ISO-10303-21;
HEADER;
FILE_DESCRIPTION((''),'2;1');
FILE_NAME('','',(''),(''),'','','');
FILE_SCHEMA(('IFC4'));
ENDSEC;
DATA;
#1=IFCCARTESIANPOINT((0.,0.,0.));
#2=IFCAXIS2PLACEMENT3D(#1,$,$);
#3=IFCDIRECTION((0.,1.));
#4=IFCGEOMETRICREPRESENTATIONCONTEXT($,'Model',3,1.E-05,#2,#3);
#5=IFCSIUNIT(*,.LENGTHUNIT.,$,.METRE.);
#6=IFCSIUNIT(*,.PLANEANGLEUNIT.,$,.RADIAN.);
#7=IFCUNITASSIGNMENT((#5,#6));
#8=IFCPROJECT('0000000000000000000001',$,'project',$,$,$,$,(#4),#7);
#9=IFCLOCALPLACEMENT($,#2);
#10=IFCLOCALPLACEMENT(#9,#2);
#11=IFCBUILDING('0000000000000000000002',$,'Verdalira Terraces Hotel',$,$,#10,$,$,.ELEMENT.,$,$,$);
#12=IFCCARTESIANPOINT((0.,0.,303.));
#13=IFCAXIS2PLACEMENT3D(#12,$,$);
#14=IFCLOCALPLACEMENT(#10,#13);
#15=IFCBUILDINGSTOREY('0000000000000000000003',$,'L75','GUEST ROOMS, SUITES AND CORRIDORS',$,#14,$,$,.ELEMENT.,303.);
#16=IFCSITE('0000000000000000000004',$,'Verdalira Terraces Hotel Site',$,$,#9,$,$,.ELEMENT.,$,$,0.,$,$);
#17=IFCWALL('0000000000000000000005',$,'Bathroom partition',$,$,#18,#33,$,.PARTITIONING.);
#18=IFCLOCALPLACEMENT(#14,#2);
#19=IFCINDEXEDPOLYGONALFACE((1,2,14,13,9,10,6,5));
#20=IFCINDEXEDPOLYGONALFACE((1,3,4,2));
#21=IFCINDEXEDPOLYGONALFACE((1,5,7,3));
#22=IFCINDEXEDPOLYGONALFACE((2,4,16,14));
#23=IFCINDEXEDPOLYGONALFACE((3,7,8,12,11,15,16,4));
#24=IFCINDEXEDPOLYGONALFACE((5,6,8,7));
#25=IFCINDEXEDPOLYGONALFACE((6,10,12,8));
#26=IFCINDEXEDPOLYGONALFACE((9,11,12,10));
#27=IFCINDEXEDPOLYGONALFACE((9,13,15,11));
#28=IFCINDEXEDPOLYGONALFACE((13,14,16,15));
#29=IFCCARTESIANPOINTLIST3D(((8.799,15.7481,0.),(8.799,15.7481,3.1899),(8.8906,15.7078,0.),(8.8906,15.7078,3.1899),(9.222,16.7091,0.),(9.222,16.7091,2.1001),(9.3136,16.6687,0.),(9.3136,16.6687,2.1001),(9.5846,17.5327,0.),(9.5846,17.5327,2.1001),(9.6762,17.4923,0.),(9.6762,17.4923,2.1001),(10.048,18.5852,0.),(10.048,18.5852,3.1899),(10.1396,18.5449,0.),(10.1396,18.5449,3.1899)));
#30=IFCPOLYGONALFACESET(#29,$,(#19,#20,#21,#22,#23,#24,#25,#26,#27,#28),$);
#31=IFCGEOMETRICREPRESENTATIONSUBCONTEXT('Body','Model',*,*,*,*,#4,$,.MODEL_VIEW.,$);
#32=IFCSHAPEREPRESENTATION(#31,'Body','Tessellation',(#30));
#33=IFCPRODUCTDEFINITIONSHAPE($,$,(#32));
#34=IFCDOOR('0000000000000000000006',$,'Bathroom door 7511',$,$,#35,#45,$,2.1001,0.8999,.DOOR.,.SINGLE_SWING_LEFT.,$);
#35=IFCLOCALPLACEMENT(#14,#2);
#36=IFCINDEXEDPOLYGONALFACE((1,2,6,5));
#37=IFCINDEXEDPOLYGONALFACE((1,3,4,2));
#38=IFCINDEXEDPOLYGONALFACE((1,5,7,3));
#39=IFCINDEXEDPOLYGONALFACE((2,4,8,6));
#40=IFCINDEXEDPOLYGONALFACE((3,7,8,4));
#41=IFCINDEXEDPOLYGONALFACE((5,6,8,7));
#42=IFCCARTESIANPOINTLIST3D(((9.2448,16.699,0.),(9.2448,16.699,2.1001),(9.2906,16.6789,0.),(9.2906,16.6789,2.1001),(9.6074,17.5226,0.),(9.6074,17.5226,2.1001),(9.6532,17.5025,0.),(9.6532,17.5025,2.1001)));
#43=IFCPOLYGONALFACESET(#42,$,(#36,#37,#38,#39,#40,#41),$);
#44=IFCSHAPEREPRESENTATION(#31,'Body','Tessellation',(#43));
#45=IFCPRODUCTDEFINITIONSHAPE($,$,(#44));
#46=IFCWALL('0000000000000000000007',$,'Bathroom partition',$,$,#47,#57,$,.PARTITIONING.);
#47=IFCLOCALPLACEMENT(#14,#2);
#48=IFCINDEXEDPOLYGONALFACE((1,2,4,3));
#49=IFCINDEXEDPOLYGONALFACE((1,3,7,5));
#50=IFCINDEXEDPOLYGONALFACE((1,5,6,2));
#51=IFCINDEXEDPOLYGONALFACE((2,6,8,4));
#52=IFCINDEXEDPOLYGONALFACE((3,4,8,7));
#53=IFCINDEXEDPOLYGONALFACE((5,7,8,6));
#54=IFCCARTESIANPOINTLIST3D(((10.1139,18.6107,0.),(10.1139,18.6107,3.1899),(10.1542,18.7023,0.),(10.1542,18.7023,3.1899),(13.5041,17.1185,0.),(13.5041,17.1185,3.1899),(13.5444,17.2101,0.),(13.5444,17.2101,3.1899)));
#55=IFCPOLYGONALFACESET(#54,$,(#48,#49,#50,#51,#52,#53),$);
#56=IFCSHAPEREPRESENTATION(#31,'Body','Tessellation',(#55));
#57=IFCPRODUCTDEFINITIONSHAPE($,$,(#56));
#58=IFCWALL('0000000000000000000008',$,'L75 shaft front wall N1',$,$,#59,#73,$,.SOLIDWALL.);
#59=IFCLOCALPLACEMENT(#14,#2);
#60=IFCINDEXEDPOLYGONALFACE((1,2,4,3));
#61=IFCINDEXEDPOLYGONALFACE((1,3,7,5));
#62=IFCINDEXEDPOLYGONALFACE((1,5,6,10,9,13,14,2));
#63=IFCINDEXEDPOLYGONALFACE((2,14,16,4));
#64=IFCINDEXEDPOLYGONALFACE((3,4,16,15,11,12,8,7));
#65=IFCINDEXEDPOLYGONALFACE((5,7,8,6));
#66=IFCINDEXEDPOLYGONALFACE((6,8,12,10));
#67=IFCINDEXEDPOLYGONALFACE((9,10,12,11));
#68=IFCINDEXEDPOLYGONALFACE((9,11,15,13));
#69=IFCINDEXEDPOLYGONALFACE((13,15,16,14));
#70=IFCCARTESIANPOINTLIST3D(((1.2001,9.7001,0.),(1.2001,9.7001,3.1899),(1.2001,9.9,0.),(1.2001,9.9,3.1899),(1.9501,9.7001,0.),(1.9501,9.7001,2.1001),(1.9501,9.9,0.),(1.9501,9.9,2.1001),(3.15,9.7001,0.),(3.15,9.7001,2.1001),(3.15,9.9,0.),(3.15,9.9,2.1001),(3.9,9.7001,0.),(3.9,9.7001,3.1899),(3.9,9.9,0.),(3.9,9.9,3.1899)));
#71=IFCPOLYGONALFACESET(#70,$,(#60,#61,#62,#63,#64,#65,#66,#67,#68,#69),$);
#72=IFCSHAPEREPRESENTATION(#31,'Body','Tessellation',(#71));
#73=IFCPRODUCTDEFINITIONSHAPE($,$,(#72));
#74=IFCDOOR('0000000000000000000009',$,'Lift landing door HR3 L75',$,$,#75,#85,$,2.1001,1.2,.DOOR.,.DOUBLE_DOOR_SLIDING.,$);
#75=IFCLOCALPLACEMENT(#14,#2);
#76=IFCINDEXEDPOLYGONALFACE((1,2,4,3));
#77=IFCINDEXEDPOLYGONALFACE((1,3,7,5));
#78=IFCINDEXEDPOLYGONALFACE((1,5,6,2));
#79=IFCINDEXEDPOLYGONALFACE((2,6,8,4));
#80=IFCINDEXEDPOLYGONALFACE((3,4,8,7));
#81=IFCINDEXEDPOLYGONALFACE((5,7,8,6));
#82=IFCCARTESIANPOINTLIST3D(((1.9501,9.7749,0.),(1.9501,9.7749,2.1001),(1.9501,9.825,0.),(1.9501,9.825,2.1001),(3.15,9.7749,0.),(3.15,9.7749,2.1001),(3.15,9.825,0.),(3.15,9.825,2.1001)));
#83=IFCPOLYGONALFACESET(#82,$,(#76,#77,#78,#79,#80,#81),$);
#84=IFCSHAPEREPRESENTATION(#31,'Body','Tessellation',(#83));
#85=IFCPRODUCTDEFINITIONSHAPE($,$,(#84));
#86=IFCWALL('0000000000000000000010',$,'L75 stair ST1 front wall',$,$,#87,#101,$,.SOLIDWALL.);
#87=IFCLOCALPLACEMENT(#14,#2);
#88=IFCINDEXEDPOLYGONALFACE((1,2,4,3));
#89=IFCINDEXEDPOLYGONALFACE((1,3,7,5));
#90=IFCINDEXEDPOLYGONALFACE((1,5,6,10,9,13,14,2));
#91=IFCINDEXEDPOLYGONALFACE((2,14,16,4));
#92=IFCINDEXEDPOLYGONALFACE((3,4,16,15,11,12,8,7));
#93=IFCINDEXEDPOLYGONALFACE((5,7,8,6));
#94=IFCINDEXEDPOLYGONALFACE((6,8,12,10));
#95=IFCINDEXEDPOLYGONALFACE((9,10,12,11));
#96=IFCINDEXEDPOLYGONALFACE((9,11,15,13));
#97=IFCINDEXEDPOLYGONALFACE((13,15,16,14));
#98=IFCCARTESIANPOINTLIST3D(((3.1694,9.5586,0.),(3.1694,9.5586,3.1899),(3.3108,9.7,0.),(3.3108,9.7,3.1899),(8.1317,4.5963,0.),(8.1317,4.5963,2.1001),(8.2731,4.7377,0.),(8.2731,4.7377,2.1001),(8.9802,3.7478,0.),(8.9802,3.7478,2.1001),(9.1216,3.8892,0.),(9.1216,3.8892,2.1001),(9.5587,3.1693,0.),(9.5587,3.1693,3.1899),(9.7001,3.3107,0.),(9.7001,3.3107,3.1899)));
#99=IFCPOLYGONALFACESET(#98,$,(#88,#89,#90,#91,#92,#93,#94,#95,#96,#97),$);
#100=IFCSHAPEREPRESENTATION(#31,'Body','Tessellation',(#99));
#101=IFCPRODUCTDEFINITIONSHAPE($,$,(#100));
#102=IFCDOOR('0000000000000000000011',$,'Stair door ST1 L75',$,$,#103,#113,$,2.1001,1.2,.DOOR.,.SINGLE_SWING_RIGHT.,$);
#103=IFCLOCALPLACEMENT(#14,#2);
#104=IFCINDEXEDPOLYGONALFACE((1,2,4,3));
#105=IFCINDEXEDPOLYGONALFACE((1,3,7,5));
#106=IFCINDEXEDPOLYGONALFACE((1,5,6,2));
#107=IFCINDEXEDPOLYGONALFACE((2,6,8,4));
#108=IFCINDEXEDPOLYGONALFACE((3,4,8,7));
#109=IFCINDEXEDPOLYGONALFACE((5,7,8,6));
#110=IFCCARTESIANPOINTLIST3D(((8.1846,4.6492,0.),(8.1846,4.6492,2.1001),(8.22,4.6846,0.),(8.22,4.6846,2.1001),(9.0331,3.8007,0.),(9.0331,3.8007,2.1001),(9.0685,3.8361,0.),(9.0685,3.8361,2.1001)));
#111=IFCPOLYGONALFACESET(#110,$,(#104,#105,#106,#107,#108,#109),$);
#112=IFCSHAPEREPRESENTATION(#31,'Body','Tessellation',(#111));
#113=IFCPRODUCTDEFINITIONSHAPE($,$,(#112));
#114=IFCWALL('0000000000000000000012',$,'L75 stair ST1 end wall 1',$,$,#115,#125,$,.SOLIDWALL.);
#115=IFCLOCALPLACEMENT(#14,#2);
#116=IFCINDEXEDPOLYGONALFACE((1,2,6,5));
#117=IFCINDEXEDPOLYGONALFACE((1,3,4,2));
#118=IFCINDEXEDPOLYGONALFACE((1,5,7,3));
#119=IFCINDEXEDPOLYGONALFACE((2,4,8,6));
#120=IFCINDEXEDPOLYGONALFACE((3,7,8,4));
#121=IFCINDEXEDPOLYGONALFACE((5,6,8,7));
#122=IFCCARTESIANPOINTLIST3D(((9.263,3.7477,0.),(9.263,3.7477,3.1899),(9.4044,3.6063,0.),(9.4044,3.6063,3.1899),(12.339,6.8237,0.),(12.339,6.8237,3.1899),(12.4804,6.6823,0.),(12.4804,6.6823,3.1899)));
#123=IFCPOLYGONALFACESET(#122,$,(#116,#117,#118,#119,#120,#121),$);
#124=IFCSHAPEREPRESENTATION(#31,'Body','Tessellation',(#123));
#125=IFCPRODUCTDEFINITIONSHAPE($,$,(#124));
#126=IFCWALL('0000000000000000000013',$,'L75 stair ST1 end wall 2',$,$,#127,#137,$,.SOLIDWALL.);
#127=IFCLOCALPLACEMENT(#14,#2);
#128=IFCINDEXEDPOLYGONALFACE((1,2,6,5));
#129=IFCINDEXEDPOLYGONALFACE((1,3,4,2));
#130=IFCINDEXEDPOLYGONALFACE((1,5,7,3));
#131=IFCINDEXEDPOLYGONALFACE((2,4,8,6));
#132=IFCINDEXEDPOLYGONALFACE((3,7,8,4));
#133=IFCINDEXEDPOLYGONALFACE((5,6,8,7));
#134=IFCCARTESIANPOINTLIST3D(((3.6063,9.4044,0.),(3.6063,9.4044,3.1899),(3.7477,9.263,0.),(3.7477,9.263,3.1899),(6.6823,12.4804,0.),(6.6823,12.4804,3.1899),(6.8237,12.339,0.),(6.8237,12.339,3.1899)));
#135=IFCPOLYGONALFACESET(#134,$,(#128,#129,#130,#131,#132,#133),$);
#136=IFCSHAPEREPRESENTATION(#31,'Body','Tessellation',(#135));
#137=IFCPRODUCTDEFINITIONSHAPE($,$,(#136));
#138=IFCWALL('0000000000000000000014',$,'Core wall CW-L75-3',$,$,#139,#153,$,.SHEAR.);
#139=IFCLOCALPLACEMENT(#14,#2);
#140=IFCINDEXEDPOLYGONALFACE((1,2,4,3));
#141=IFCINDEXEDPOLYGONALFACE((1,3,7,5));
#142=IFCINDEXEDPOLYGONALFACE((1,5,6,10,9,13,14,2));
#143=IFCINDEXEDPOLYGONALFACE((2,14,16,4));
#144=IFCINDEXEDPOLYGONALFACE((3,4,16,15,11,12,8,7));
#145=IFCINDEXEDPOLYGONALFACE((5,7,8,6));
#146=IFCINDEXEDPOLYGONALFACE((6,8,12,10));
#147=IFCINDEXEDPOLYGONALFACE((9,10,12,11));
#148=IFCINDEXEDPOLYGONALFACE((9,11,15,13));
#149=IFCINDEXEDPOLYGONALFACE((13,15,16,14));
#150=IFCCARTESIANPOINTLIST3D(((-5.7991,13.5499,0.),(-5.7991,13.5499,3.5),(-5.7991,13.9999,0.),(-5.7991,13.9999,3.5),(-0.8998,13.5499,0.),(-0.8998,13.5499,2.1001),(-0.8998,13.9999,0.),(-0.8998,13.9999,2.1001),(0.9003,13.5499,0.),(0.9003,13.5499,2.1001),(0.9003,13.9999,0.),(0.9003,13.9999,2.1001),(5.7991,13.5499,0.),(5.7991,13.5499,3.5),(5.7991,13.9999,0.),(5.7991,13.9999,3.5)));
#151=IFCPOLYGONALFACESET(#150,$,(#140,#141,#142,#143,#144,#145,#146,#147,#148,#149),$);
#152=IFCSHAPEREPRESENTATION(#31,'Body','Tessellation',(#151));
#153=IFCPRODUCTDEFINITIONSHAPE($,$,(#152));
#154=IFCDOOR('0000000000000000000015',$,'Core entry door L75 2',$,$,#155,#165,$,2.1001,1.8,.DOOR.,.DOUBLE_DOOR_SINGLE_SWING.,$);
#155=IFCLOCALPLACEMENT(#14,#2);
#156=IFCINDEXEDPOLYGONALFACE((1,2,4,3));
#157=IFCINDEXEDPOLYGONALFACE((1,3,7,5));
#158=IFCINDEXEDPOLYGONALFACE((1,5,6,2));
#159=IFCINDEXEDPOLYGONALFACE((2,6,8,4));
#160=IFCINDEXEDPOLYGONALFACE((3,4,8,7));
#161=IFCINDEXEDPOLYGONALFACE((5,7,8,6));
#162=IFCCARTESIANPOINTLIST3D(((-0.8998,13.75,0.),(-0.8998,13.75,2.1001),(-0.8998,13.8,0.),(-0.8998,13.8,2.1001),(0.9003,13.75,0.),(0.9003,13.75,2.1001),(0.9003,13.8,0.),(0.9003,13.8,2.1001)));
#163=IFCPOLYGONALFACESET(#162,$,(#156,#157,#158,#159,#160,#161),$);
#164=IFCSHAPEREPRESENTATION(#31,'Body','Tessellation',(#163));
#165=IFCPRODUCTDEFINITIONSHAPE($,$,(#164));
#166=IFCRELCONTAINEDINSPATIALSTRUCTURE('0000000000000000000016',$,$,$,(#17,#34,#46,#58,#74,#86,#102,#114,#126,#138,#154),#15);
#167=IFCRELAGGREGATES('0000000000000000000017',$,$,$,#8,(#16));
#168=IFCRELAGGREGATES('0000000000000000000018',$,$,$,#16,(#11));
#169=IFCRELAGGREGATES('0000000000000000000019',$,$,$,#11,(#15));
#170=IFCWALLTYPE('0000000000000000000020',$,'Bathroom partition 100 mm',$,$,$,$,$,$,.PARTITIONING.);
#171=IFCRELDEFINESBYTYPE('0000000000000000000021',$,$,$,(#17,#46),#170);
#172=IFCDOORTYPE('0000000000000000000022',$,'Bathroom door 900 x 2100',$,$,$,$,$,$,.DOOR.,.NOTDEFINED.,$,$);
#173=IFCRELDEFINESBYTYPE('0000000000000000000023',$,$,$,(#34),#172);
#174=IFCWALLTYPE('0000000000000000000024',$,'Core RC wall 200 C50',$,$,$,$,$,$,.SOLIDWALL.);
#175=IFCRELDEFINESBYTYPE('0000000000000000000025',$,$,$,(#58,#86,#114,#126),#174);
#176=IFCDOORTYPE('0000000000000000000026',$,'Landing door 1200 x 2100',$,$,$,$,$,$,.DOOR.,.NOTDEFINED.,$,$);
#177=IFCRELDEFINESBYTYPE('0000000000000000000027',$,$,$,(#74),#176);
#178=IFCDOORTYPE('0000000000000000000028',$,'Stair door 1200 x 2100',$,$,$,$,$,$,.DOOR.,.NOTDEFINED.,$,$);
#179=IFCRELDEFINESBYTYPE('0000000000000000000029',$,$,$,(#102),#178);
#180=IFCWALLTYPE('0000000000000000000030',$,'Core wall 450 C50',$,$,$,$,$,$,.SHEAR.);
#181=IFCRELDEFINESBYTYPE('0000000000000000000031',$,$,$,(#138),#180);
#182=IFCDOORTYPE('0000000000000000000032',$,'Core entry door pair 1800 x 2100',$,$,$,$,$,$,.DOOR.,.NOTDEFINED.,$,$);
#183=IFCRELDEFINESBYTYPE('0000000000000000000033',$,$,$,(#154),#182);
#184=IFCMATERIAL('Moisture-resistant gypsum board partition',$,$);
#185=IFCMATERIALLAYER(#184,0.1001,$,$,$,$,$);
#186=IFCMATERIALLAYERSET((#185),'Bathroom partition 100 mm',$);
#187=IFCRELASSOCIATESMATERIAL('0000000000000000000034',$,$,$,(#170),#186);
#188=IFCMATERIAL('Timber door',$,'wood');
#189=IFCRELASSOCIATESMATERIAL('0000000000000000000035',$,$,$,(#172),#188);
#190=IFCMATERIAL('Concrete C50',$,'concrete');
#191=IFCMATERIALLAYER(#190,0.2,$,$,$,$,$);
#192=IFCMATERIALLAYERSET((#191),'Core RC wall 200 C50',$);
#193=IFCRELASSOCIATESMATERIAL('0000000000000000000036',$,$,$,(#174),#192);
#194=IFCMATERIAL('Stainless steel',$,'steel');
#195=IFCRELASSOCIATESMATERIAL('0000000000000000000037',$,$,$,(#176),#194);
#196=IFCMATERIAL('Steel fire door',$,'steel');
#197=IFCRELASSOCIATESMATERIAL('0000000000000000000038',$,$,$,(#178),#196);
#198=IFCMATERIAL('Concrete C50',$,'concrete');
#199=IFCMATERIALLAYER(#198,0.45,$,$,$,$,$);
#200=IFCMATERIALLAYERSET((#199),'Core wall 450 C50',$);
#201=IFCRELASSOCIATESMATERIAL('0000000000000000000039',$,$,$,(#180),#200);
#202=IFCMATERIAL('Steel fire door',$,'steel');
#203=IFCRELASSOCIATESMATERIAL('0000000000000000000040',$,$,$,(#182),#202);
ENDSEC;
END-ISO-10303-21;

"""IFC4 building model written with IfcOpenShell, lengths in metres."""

from ifc_helpers import new_model, si_unit, direction, frame, frame_2d, origin, place, context, subcontext, project, spatial, rectangle, extrude, material, layer, layer_set, type_object, element, fill, save


model = new_model("IFC4")

# Units and contexts
model_context = context("Model", 3, precision=1e-05, world=origin(), true_north=direction((0.0, 1.0)))
body_context = subcontext(model_context, "Body", "Model", "MODEL_VIEW")
ifc_project = project(units=[si_unit("LENGTHUNIT", "METRE"), si_unit("PLANEANGLEUNIT", "RADIAN")], contexts=[model_context])

# Site, building, storey
site_placement = place(None, origin())
site = spatial("IfcSite", under=ifc_project, at=site_placement, Name="Verdalira Terraces Hotel Site", CompositionType="ELEMENT", RefElevation=0.0)
building_placement = place(site_placement, origin())
building = spatial("IfcBuilding", under=site, at=building_placement, Name="Verdalira Terraces Hotel", CompositionType="ELEMENT")
storey_placement = place(building_placement, frame((0.0, 0.0, 303.0)))
storey = spatial("IfcBuildingStorey", under=building, at=storey_placement, Name="L75", Description="GUEST ROOMS, SUITES AND CORRIDORS", CompositionType="ELEMENT", Elevation=303.0)

# Wall, opening, door
ifc_material_1 = material(Name="Moisture-resistant gypsum board partition")
ifc_layer_1 = layer(ifc_material_1, 0.1001)
ifc_layer_set_1 = layer_set([ifc_layer_1], Name="Bathroom partition 100 mm")
wall_type_1 = type_object("IfcWallType", Name="Bathroom partition 100 mm", PredefinedType="PARTITIONING", material=ifc_layer_set_1)
wall_1_placement = place(storey_placement, frame((10.0938, 18.5649, 0.0), z_axis=(0.0, 0.0, 1.0), x_axis=(-0.402921, -0.915235, 0.0)))
wall_1 = element("IfcWall", 1, at=wall_1_placement, inside=storey, type_object=wall_type_1, Name="Bathroom partition", PredefinedType="PARTITIONING", context=body_context, shape_type="SweptSolid", body=[
    extrude(rectangle(XDim=3.0999, YDim=0.1001, at=frame_2d((1.5498, 0.0))), origin(), (0.0, 0.0, 1.0), 3.1899),
])
opening_1_placement = place(wall_1_placement, frame((1.1499, 0.0, 0.0)))
opening_1 = element("IfcOpeningElement", 2, at=opening_1_placement, cuts=wall_1, PredefinedType="OPENING", context=body_context, shape_type="SweptSolid", body=[
    extrude(rectangle(XDim=0.8999, YDim=2.1001, at=frame_2d((0.45, 1.05))), frame((0.0, 0.0601, 0.0), z_axis=(0.0, -1.0, 0.0), x_axis=(1.0, 0.0, 0.0)), (0.0, 0.0, 1.0), 0.1201),
])
ifc_material_2 = material(Name="Timber door", Category="wood")
door_type_1 = type_object("IfcDoorType", Name="Bathroom door 900 x 2100", OperationType="NOTDEFINED", PredefinedType="DOOR", material=ifc_material_2)
door_1_placement = place(opening_1_placement, origin())
door_1 = element("IfcDoor", 3, at=door_1_placement, inside=storey, type_object=door_type_1, Name="Bathroom door 7511", OperationType="SINGLE_SWING_LEFT", OverallHeight=2.1001, OverallWidth=0.8999, PredefinedType="DOOR", context=body_context, shape_type="SweptSolid", body=[
    extrude(rectangle(XDim=0.8999, YDim=2.1001, at=frame_2d((0.45, 1.05))), frame((0.0, 0.0249, 0.0), z_axis=(0.0, -1.0, 0.0), x_axis=(1.0, 0.0, 0.0)), (0.0, 0.0, 1.0), 0.05),
])
fill(opening_1, door_1)

# Wall
wall_2_placement = place(storey_placement, frame((10.134, 18.6565, 0.0), z_axis=(0.0, 0.0, 1.0), x_axis=(0.915263, -0.402858, 0.0)))
element("IfcWall", 4, at=wall_2_placement, inside=storey, type_object=wall_type_1, Name="Bathroom partition", PredefinedType="PARTITIONING", context=body_context, shape_type="SweptSolid", body=[
    extrude(rectangle(XDim=3.7041, YDim=0.1001, at=frame_2d((1.8521, 0.0))), origin(), (0.0, 0.0, 1.0), 3.1899),
])

# Walls, openings, doors
ifc_material_3 = material(Name="Concrete C50", Category="concrete")
ifc_layer_2 = layer(ifc_material_3, 0.2)
ifc_layer_set_2 = layer_set([ifc_layer_2], Name="Core RC wall 200 C50")
wall_type_2 = type_object("IfcWallType", Name="Core RC wall 200 C50", PredefinedType="SOLIDWALL", material=ifc_layer_set_2)
wall_3_placement = place(storey_placement, frame((1.2, 9.8, 0.0), z_axis=(0.0, 0.0, 1.0), x_axis=(1.0, 0.0, 0.0)))
wall_3 = element("IfcWall", 5, at=wall_3_placement, inside=storey, type_object=wall_type_2, Name="L75 shaft front wall N1", PredefinedType="SOLIDWALL", context=body_context, shape_type="SweptSolid", body=[
    extrude(rectangle(XDim=2.7, YDim=0.2, at=frame_2d((1.3501, 0.0))), origin(), (0.0, 0.0, 1.0), 3.1899),
])
opening_2_placement = place(wall_3_placement, frame((0.75, 0.0, 0.0)))
opening_2 = element("IfcOpeningElement", 6, at=opening_2_placement, cuts=wall_3, PredefinedType="OPENING", context=body_context, shape_type="SweptSolid", body=[
    extrude(rectangle(XDim=1.2, YDim=2.1001, at=frame_2d((0.6001, 1.05))), frame((0.0, 0.1099, 0.0), z_axis=(0.0, -1.0, 0.0), x_axis=(1.0, 0.0, 0.0)), (0.0, 0.0, 1.0), 0.22),
])
ifc_material_4 = material(Name="Stainless steel", Category="steel")
door_type_2 = type_object("IfcDoorType", Name="Landing door 1200 x 2100", OperationType="NOTDEFINED", PredefinedType="DOOR", material=ifc_material_4)
door_2_placement = place(opening_2_placement, origin())
door_2 = element("IfcDoor", 7, at=door_2_placement, inside=storey, type_object=door_type_2, Name="Lift landing door HR3 L75", OperationType="DOUBLE_DOOR_SLIDING", OverallHeight=2.1001, OverallWidth=1.2, PredefinedType="DOOR", context=body_context, shape_type="SweptSolid", body=[
    extrude(rectangle(XDim=1.2, YDim=2.1001, at=frame_2d((0.6001, 1.05))), frame((0.0, 0.0249, 0.0), z_axis=(0.0, -1.0, 0.0), x_axis=(1.0, 0.0, 0.0)), (0.0, 0.0, 1.0), 0.05),
])
fill(opening_2, door_2)
wall_4_placement = place(storey_placement, frame((3.24, 9.6294, 0.0), z_axis=(0.0, 0.0, 1.0), x_axis=(0.707107, -0.707107, 0.0)))
wall_4 = element("IfcWall", 8, at=wall_4_placement, inside=storey, type_object=wall_type_2, Name="L75 stair ST1 front wall", PredefinedType="SOLIDWALL", context=body_context, shape_type="SweptSolid", body=[
    extrude(rectangle(XDim=9.0359, YDim=0.2, at=frame_2d((4.5181, 0.0))), origin(), (0.0, 0.0, 1.0), 3.1899),
])
opening_3_placement = place(wall_4_placement, frame((7.0178, 0.0, 0.0)))
opening_3 = element("IfcOpeningElement", 9, at=opening_3_placement, cuts=wall_4, PredefinedType="OPENING", context=body_context, shape_type="SweptSolid", body=[
    extrude(rectangle(XDim=1.2, YDim=2.1001, at=frame_2d((0.6001, 1.05))), frame((0.0, 0.1099, 0.0), z_axis=(0.0, -1.0, 0.0), x_axis=(1.0, 0.0, 0.0)), (0.0, 0.0, 1.0), 0.22),
])
ifc_material_5 = material(Name="Steel fire door", Category="steel")
door_type_3 = type_object("IfcDoorType", Name="Stair door 1200 x 2100", OperationType="NOTDEFINED", PredefinedType="DOOR", material=ifc_material_5)
door_3_placement = place(opening_3_placement, origin())
door_3 = element("IfcDoor", 10, at=door_3_placement, inside=storey, type_object=door_type_3, Name="Stair door ST1 L75", OperationType="SINGLE_SWING_RIGHT", OverallHeight=2.1001, OverallWidth=1.2, PredefinedType="DOOR", context=body_context, shape_type="SweptSolid", body=[
    extrude(rectangle(XDim=1.2, YDim=2.1001, at=frame_2d((0.6001, 1.05))), frame((0.0, 0.0249, 0.0), z_axis=(0.0, -1.0, 0.0), x_axis=(1.0, 0.0, 0.0)), (0.0, 0.0, 1.0), 0.05),
])
fill(opening_3, door_3)

# Walls
for number, where, z_axis, x_axis, name in (
    (11, (9.3337, 3.677, 0.0), (0.0, 0.0, 1.0), (0.707107, 0.707107, 0.0), "L75 stair ST1 end wall 1"),
    (12, (3.677, 9.3337, 0.0), (0.0, 0.0, 1.0), (0.707107, 0.707107, 0.0), "L75 stair ST1 end wall 2"),
):
    element("IfcWall", number, at=place(storey_placement, frame(where, z_axis=z_axis, x_axis=x_axis)), inside=storey, type_object=wall_type_2, Name=name, PredefinedType="SOLIDWALL", context=body_context, shape_type="SweptSolid", body=[
        extrude(rectangle(XDim=4.3501, YDim=0.2, at=frame_2d((2.175, 0.0))), origin(), (0.0, 0.0, 1.0), 3.1899),
    ])

# Wall, opening, door
ifc_material_6 = material(Name="Concrete C50", Category="concrete")
ifc_layer_3 = layer(ifc_material_6, 0.45)
ifc_layer_set_3 = layer_set([ifc_layer_3], Name="Core wall 450 C50")
wall_type_3 = type_object("IfcWallType", Name="Core wall 450 C50", PredefinedType="SHEAR", material=ifc_layer_set_3)
wall_5_placement = place(storey_placement, frame((5.7991, 13.7749, 0.0), z_axis=(0.0, 0.0, 1.0), x_axis=(-1.0, 0.0, 0.0)))
wall_5 = element("IfcWall", 13, at=wall_5_placement, inside=storey, type_object=wall_type_3, Name="Core wall CW-L75-3", PredefinedType="SHEAR", context=body_context, shape_type="SweptSolid", body=[
    extrude(rectangle(XDim=11.5981, YDim=0.45, at=frame_2d((5.7991, 0.0))), origin(), (0.0, 0.0, 1.0), 3.5),
])
opening_4_placement = place(wall_5_placement, frame((4.8989, 0.0, 0.0)))
opening_4 = element("IfcOpeningElement", 14, at=opening_4_placement, cuts=wall_5, PredefinedType="OPENING", context=body_context, shape_type="SweptSolid", body=[
    extrude(rectangle(XDim=1.8, YDim=2.1001, at=frame_2d((0.8999, 1.05))), frame((0.0, 0.2349, 0.0), z_axis=(0.0, -1.0, 0.0), x_axis=(1.0, 0.0, 0.0)), (0.0, 0.0, 1.0), 0.47),
])
ifc_material_7 = material(Name="Steel fire door", Category="steel")
door_type_4 = type_object("IfcDoorType", Name="Core entry door pair 1800 x 2100", OperationType="NOTDEFINED", PredefinedType="DOOR", material=ifc_material_7)
door_4_placement = place(opening_4_placement, origin())
door_4 = element("IfcDoor", 15, at=door_4_placement, inside=storey, type_object=door_type_4, Name="Core entry door L75 2", OperationType="DOUBLE_DOOR_SINGLE_SWING", OverallHeight=2.1001, OverallWidth=1.8, PredefinedType="DOOR", context=body_context, shape_type="SweptSolid", body=[
    extrude(rectangle(XDim=1.8, YDim=2.1001, at=frame_2d((0.8999, 1.05))), frame((0.0, 0.0249, 0.0), z_axis=(0.0, -1.0, 0.0), x_axis=(1.0, 0.0, 0.0)), (0.0, 0.0, 1.0), 0.05),
])
fill(opening_4, door_4)

save(model, "model.ifc")
